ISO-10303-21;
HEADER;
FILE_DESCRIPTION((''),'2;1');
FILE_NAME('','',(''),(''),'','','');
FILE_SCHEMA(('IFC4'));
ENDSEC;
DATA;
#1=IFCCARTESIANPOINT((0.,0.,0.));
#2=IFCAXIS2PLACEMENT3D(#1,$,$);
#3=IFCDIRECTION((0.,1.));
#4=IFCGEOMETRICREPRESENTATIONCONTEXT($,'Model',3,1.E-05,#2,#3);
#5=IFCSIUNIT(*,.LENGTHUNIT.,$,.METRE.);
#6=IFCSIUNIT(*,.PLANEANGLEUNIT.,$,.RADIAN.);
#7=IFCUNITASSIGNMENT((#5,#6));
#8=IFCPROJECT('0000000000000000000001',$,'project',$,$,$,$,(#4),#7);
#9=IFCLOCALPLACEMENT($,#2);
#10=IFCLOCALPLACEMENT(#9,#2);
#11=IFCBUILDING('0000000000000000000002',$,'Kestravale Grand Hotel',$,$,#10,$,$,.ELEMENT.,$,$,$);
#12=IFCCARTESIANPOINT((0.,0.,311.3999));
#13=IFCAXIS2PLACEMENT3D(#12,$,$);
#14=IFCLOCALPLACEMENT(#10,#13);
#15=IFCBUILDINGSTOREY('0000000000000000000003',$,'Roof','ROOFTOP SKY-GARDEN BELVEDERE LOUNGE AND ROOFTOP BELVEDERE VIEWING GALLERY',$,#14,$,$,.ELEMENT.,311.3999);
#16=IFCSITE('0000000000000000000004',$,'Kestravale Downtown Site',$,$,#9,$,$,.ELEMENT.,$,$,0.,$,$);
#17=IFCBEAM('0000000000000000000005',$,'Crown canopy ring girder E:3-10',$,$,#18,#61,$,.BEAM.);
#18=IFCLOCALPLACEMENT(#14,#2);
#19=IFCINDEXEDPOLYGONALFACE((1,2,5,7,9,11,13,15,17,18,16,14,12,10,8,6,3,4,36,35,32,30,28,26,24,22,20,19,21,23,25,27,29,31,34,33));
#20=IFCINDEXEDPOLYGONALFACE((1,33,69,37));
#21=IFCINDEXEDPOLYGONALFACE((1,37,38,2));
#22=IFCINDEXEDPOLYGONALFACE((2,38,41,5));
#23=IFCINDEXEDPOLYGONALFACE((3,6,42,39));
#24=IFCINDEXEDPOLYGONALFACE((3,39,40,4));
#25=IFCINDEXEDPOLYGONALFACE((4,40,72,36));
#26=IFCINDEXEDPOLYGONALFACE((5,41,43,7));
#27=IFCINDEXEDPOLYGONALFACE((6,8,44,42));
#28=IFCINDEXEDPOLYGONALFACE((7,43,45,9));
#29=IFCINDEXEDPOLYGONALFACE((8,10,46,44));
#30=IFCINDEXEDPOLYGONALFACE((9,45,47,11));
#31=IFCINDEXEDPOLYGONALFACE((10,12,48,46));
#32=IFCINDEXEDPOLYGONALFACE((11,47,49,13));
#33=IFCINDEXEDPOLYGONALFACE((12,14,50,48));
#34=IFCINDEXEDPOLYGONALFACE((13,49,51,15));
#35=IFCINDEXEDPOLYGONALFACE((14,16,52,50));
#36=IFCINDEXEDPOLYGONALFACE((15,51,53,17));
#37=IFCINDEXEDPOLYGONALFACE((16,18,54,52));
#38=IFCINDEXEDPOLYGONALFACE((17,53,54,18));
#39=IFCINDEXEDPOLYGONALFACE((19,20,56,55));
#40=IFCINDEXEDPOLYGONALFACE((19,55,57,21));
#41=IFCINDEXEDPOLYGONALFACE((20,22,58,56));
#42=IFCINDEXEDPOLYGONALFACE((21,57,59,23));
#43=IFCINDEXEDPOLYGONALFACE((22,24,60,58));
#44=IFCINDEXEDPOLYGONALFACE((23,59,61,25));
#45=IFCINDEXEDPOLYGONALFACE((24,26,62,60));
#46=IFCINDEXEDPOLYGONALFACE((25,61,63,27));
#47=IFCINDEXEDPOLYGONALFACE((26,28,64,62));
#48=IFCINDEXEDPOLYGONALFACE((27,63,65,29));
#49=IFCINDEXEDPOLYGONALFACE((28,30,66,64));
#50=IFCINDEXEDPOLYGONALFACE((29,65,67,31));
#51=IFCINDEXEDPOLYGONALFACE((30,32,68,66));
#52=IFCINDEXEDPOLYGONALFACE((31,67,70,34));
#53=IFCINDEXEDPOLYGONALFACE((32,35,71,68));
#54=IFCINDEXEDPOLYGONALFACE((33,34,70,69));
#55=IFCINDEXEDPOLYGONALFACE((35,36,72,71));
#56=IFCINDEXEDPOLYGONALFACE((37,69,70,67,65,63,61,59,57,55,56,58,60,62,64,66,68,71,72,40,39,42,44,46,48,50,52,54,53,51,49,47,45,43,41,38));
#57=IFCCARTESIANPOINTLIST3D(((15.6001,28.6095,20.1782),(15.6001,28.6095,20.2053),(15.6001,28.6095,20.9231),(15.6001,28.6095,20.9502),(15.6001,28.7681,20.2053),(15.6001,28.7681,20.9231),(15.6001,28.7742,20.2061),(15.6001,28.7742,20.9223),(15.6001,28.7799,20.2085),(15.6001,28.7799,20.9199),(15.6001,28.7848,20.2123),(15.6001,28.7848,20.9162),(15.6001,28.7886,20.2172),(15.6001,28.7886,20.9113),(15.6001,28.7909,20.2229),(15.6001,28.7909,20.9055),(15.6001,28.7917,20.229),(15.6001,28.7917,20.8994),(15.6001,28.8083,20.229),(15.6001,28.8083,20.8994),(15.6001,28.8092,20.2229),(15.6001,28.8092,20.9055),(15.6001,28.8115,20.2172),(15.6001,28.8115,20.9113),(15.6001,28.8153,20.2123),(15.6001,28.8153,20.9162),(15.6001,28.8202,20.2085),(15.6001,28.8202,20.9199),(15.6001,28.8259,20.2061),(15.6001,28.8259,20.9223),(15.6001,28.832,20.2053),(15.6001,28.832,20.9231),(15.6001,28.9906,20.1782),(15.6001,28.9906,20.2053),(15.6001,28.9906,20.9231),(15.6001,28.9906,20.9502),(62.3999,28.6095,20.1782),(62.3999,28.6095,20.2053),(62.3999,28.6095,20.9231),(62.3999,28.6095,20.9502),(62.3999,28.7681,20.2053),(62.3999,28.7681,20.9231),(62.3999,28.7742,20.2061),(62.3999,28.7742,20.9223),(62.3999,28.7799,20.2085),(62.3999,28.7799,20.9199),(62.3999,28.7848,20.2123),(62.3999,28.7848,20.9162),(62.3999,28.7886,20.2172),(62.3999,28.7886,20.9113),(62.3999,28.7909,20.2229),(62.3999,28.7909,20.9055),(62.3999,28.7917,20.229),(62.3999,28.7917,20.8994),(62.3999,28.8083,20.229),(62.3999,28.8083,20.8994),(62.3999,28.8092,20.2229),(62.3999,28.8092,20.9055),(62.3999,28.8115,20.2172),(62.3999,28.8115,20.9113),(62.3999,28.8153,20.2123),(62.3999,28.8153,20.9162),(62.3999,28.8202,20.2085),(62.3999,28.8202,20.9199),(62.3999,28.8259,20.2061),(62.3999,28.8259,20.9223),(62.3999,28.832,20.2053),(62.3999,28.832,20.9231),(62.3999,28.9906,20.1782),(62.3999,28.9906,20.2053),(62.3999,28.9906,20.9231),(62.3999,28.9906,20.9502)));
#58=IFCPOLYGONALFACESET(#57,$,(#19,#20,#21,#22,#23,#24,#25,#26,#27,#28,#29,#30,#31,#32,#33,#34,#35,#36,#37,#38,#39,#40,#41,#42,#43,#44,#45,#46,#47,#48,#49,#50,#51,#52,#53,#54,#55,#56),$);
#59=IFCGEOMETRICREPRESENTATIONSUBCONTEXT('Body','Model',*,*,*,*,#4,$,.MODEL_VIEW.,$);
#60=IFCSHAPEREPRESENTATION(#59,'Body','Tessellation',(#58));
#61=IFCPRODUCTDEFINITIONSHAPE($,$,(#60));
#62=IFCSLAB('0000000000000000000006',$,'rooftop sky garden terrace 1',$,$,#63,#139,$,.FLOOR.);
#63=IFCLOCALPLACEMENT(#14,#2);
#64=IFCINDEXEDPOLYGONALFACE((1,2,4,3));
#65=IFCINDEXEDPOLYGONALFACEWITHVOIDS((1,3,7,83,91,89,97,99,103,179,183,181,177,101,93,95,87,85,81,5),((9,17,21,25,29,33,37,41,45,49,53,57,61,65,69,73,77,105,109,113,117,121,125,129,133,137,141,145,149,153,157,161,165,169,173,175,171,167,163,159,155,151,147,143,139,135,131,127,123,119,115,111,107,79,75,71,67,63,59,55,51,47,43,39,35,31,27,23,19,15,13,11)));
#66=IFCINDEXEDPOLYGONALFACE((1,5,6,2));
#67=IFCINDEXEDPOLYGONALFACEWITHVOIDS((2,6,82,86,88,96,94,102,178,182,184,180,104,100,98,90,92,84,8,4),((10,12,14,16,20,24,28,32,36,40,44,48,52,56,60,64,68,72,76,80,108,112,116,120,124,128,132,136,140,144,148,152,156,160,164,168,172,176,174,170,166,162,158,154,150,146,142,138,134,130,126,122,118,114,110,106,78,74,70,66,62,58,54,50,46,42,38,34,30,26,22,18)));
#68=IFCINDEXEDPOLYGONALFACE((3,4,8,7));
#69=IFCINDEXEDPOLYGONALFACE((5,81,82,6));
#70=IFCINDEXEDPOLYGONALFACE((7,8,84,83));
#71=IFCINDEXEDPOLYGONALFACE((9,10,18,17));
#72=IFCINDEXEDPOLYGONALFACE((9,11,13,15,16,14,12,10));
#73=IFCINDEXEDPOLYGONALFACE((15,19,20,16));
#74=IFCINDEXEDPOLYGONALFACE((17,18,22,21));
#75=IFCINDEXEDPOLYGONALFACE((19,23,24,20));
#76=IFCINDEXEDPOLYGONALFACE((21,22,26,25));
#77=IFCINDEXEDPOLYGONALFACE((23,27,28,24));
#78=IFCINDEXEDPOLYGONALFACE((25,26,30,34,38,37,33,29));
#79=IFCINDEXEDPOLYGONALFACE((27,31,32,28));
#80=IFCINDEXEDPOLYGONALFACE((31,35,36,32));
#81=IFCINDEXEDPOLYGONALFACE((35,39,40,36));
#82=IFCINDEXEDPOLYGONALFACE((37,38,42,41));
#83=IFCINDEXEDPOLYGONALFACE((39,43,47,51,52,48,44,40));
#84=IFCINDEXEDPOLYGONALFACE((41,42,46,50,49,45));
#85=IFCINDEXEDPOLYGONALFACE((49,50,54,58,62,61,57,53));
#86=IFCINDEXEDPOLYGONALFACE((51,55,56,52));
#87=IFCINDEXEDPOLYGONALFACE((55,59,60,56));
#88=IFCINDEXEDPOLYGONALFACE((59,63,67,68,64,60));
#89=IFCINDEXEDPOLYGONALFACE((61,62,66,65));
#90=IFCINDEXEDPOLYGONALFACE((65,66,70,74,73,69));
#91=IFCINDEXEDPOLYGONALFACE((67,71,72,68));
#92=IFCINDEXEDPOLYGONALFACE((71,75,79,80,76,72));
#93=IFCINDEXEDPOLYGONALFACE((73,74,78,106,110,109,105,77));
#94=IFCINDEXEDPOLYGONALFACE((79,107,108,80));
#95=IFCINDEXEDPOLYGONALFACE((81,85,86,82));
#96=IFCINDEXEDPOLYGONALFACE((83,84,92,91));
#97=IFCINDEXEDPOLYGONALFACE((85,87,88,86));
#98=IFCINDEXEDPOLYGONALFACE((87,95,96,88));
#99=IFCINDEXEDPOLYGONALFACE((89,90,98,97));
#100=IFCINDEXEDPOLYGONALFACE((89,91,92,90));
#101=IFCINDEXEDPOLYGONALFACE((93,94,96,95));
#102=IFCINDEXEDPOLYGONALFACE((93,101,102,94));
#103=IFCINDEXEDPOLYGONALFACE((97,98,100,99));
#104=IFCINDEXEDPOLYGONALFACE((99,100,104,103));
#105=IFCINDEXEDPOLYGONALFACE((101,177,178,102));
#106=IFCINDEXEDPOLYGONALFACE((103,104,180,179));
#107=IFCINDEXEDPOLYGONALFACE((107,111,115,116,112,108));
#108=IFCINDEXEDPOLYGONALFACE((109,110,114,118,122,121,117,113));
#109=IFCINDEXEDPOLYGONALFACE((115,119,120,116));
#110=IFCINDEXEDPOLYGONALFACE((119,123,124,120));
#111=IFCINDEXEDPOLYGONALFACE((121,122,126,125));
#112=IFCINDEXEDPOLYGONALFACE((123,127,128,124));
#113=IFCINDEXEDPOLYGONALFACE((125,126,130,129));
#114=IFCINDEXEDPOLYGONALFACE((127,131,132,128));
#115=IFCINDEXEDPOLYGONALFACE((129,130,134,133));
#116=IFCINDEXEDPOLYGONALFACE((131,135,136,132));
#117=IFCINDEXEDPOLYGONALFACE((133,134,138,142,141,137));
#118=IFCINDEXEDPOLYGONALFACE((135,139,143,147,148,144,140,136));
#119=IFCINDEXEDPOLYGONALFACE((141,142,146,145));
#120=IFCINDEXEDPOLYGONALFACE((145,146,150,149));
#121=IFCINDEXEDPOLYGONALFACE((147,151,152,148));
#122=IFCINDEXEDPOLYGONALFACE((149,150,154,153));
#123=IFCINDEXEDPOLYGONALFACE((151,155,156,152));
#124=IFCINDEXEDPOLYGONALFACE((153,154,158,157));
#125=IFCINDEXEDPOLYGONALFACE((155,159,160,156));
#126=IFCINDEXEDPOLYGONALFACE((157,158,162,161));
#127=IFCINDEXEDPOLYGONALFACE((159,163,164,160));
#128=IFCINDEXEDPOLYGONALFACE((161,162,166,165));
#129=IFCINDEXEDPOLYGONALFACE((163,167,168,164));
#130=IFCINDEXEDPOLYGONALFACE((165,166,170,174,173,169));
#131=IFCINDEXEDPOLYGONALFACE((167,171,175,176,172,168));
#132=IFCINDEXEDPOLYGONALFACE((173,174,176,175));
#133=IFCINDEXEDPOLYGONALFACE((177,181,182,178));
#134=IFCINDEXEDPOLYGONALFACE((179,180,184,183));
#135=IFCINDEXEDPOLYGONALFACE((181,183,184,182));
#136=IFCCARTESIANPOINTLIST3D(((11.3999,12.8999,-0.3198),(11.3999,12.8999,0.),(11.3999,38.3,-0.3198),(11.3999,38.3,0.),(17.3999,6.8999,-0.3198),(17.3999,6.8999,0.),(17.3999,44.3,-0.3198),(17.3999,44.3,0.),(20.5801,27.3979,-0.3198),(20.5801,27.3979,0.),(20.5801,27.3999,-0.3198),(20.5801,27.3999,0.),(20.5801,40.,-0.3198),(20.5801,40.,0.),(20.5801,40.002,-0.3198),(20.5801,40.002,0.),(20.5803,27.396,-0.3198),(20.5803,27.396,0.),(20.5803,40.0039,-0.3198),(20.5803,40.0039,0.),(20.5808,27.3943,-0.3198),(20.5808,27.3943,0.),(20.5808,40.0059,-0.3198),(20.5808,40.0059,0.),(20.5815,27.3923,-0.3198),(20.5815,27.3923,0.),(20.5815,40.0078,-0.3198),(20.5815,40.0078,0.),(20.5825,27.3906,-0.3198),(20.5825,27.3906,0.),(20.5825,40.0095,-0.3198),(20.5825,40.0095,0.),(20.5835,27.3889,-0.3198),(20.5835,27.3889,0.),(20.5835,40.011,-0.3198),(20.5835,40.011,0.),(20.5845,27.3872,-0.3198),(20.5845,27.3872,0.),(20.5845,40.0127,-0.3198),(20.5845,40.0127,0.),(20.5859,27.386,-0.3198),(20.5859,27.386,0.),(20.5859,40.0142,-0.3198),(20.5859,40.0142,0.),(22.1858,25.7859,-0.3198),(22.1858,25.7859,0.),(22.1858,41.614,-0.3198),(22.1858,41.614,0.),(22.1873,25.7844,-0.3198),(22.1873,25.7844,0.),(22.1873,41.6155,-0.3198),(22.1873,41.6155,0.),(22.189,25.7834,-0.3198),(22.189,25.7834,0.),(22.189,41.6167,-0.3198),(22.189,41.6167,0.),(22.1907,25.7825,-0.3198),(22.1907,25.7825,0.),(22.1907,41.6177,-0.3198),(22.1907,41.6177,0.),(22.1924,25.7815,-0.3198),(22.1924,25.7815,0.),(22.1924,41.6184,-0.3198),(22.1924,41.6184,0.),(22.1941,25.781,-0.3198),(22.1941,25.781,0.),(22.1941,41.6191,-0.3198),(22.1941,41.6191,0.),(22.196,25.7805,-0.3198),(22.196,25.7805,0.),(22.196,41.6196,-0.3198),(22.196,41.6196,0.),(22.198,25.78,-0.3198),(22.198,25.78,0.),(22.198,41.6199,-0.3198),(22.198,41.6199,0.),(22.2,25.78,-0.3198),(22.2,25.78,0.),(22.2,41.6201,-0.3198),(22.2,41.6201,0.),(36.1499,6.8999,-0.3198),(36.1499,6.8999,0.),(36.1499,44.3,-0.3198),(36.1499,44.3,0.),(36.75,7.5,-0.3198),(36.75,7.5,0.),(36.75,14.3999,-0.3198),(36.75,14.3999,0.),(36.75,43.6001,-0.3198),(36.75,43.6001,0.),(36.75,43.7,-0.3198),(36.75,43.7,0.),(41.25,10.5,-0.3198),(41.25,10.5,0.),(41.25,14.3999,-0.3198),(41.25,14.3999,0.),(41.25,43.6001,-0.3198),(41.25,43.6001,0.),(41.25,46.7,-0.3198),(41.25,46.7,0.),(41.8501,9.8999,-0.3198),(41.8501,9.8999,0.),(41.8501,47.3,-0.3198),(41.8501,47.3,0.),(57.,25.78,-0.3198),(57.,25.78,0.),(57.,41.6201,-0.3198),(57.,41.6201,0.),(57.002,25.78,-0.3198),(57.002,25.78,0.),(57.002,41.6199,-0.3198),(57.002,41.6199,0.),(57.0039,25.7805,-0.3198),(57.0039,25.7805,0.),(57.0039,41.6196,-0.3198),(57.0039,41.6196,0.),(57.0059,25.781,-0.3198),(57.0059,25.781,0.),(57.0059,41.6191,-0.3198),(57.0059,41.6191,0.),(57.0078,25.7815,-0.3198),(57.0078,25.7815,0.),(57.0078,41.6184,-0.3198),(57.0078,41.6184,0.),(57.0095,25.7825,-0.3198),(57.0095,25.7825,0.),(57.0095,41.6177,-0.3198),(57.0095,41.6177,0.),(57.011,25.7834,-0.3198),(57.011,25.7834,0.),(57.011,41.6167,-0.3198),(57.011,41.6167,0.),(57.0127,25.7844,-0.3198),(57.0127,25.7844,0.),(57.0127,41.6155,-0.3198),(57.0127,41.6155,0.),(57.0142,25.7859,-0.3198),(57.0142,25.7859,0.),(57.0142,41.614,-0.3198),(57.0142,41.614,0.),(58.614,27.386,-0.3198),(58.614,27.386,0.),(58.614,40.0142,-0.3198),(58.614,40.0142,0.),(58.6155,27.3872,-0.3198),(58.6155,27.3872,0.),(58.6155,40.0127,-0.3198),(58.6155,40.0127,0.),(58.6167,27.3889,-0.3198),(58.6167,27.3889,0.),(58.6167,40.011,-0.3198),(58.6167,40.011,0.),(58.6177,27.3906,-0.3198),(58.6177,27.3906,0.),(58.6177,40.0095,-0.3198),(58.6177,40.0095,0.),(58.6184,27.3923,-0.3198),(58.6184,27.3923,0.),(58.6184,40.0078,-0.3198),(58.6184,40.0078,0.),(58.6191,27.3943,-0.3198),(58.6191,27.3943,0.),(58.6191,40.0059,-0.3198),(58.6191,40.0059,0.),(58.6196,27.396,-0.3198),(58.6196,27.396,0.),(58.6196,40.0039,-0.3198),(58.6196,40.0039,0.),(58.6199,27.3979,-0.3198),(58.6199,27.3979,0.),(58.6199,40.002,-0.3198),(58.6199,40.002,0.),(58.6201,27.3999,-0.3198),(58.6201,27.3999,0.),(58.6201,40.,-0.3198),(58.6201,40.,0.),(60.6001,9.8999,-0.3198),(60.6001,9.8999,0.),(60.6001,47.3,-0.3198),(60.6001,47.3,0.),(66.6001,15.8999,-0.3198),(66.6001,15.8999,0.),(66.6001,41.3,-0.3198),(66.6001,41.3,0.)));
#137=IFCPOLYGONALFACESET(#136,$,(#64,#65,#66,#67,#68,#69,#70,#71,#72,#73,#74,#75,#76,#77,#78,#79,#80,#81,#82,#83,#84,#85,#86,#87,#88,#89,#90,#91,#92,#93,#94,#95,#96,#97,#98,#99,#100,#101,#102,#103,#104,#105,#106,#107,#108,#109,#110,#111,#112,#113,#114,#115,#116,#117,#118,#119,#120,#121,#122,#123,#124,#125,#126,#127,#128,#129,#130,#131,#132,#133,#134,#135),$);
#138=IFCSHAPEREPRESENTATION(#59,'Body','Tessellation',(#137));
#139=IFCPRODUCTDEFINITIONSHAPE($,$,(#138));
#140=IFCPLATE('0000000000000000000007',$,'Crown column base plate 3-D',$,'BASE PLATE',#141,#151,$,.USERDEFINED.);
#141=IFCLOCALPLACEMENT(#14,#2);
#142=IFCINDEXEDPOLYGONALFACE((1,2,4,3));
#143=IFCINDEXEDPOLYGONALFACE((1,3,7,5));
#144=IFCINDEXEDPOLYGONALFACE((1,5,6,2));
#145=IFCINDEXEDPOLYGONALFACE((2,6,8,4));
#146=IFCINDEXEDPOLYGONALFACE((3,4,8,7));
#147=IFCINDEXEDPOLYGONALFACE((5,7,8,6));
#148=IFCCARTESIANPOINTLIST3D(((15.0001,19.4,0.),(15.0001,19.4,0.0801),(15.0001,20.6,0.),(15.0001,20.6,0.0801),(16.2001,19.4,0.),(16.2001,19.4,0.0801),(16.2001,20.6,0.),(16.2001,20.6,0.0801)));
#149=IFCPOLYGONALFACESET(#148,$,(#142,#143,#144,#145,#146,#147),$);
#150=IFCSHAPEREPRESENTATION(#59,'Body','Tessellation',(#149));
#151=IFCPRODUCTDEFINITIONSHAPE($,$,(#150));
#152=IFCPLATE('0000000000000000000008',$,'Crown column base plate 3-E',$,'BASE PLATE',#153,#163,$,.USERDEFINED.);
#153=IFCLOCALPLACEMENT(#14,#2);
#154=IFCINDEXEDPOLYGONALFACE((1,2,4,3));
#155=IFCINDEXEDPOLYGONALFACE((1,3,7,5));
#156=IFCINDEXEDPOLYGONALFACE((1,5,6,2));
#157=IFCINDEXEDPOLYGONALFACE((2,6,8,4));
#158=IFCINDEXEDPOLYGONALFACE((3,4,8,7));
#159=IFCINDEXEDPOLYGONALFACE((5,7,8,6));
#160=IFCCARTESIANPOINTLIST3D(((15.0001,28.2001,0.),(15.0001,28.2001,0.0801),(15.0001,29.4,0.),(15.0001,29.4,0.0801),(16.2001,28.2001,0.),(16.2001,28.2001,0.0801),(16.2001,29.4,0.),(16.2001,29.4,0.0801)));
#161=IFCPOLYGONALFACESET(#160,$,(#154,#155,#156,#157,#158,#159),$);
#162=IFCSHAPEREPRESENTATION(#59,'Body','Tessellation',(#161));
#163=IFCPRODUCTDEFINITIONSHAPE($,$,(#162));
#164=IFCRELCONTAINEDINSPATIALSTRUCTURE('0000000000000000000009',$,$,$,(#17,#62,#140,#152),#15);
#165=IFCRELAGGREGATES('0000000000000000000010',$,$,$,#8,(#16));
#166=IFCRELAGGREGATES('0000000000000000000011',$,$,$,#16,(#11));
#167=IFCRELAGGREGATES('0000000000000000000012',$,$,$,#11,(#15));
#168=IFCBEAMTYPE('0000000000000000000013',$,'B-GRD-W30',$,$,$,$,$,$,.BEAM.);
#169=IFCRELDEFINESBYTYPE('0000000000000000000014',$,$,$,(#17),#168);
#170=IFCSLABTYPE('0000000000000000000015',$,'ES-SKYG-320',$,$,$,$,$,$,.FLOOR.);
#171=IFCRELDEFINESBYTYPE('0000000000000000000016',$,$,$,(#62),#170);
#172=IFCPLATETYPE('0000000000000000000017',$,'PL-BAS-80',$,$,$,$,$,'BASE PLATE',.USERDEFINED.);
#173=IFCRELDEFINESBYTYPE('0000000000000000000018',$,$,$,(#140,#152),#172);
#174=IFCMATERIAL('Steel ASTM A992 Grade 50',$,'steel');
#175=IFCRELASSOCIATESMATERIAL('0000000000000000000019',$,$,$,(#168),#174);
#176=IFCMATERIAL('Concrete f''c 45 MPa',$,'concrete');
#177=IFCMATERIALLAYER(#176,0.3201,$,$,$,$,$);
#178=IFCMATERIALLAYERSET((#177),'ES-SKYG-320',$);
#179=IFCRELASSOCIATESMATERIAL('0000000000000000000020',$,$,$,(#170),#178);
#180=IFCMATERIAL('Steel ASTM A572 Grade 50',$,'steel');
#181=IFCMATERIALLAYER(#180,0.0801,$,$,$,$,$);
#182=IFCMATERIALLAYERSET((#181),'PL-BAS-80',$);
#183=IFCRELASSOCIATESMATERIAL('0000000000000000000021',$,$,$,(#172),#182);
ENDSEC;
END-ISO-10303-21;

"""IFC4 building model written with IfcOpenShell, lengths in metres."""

from ifc_helpers import new_model, si_unit, direction, frame, origin, origin_2d, place, context, subcontext, project, spatial, polyline, rectangle, i_section, outline, extrude, material, layer, layer_set, material_profile, profile_set, type_object, element, save


model = new_model("IFC4")

# Units and contexts
model_context = context("Model", 3, precision=1e-05, world=origin(), true_north=direction((0.0, 1.0)))
body_context = subcontext(model_context, "Body", "Model", "MODEL_VIEW")
ifc_project = project(units=[si_unit("LENGTHUNIT", "METRE"), si_unit("PLANEANGLEUNIT", "RADIAN")], contexts=[model_context])

# Site, building, storey
site_placement = place(None, origin())
site = spatial("IfcSite", under=ifc_project, at=site_placement, Name="Kestravale Downtown Site", CompositionType="ELEMENT", RefElevation=0.0)
building_placement = place(site_placement, origin())
building = spatial("IfcBuilding", under=site, at=building_placement, Name="Kestravale Grand Hotel", CompositionType="ELEMENT")
storey_placement = place(building_placement, frame((0.0, 0.0, 311.3999)))
storey = spatial("IfcBuildingStorey", under=building, at=storey_placement, Name="Roof", Description="ROOFTOP SKY-GARDEN BELVEDERE LOUNGE AND ROOFTOP BELVEDERE VIEWING GALLERY", CompositionType="ELEMENT", Elevation=311.3999)

# Beam
ifc_material_1 = material(Name="Steel ASTM A992 Grade 50", Category="steel")
ifc_material_profile_1 = material_profile(ifc_material_1, i_section(OverallWidth=0.3811, OverallDepth=0.772, WebThickness=0.0166, FlangeThickness=0.0271, FilletRadius=0.0237, at=origin_2d()))
ifc_profile_set_1 = profile_set([ifc_material_profile_1], Name="Steel ASTM A992 Grade 50")
beam_type = type_object("IfcBeamType", Name="B-GRD-W30", PredefinedType="BEAM", material=ifc_profile_set_1)
beam_1_placement = place(storey_placement, frame((15.6001, 28.8, 20.5642), z_axis=(1.0, 0.0, 0.0), x_axis=(0.0, 1.0, 0.0)))
element("IfcBeam", 1, at=beam_1_placement, inside=storey, type_object=beam_type, Name="Crown canopy ring girder E:3-10", PredefinedType="BEAM", context=body_context, shape_type="SweptSolid", body=[
    extrude(i_section(OverallWidth=0.3811, OverallDepth=0.772, WebThickness=0.0166, FlangeThickness=0.0271, FilletRadius=0.0237, at=origin_2d()), origin(), (0.0, 0.0, 1.0), 46.7998),
])

# Slab
ifc_material_2 = material(Name="Concrete f'c 45 MPa", Category="concrete")
ifc_layer_1 = layer(ifc_material_2, 0.3201)
ifc_layer_set_1 = layer_set([ifc_layer_1], Name="ES-SKYG-320")
slab_type_1 = type_object("IfcSlabType", Name="ES-SKYG-320", PredefinedType="FLOOR", material=ifc_layer_set_1)
slab_1_placement = place(storey_placement, frame((0.0, 0.0, -0.3198)))
element("IfcSlab", 2, at=slab_1_placement, inside=storey, type_object=slab_type_1, Name="rooftop sky garden terrace 1", PredefinedType="FLOOR", context=body_context, shape_type="SweptSolid", body=[
    extrude(outline(polyline([(11.3999, 12.8999), (11.3999, 38.3), (17.3999, 44.3), (36.1499, 44.3), (36.75, 43.7), (36.75, 43.6001), (41.25, 43.6001), (41.25, 46.7), (41.8501, 47.3), (60.6001, 47.3), (66.6001, 41.3), (66.6001, 15.8999), (60.6001, 9.8999), (41.8501, 9.8999), (41.25, 10.5), (41.25, 14.3999), (36.75, 14.3999), (36.75, 7.5), (36.1499, 6.8999), (17.3999, 6.8999), (11.3999, 12.8999)]), holes=[polyline([(22.1873, 25.7844), (22.189, 25.7834), (22.1907, 25.7825), (22.1924, 25.7815), (22.1941, 25.781), (22.196, 25.7805), (22.198, 25.78), (22.2, 25.78), (57.0, 25.78), (57.002, 25.78), (57.0039, 25.7805), (57.0059, 25.781), (57.0078, 25.7815), (57.0095, 25.7825), (57.011, 25.7834), (57.0127, 25.7844), (57.0142, 25.7859), (58.614, 27.386), (58.6155, 27.3872), (58.6167, 27.3889), (58.6177, 27.3906), (58.6184, 27.3923), (58.6191, 27.3943), (58.6196, 27.396), (58.6199, 27.3979), (58.6201, 27.3999), (58.6201, 40.0), (58.6199, 40.002), (58.6196, 40.0039), (58.6191, 40.0059), (58.6184, 40.0078), (58.6177, 40.0095), (58.6167, 40.011), (58.6155, 40.0127), (58.614, 40.0142), (57.0142, 41.614), (57.0127, 41.6155), (57.011, 41.6167), (57.0095, 41.6177), (57.0078, 41.6184), (57.0059, 41.6191), (57.0039, 41.6196), (57.002, 41.6199), (57.0, 41.6201), (22.2, 41.6201), (22.198, 41.6199), (22.196, 41.6196), (22.1941, 41.6191), (22.1924, 41.6184), (22.1907, 41.6177), (22.189, 41.6167), (22.1873, 41.6155), (22.1858, 41.614), (20.5859, 40.0142), (20.5845, 40.0127), (20.5835, 40.011), (20.5825, 40.0095), (20.5815, 40.0078), (20.5808, 40.0059), (20.5803, 40.0039), (20.5801, 40.002), (20.5801, 40.0), (20.5801, 27.3999), (20.5801, 27.3979), (20.5803, 27.396), (20.5808, 27.3943), (20.5815, 27.3923), (20.5825, 27.3906), (20.5835, 27.3889), (20.5845, 27.3872), (20.5859, 27.386), (22.1858, 25.7859), (22.1873, 25.7844)])]), origin(), (0.0, 0.0, 1.0), 0.3198),
])

# Plates
ifc_material_3 = material(Name="Steel ASTM A572 Grade 50", Category="steel")
ifc_layer_2 = layer(ifc_material_3, 0.0801)
ifc_layer_set_2 = layer_set([ifc_layer_2], Name="PL-BAS-80")
plate_type = type_object("IfcPlateType", Name="PL-BAS-80", ElementType="BASE PLATE", PredefinedType="USERDEFINED", material=ifc_layer_set_2)
for number, where, z_axis, x_axis, name in (
    (3, (15.6001, 20.0, 0.0), (0.0, 0.0, 1.0), (1.0, 0.0, 0.0), "Crown column base plate 3-D"),
    (4, (15.6001, 28.8, 0.0), (0.0, 0.0, 1.0), (1.0, 0.0, 0.0), "Crown column base plate 3-E"),
):
    element("IfcPlate", number, at=place(storey_placement, frame(where, z_axis=z_axis, x_axis=x_axis)), inside=storey, type_object=plate_type, Name=name, ObjectType="BASE PLATE", PredefinedType="USERDEFINED", context=body_context, shape_type="SweptSolid", body=[
        extrude(rectangle(XDim=1.2, YDim=1.2, at=origin_2d()), origin(), (0.0, 0.0, 1.0), 0.0801),
    ])

save(model, "model.ifc")
